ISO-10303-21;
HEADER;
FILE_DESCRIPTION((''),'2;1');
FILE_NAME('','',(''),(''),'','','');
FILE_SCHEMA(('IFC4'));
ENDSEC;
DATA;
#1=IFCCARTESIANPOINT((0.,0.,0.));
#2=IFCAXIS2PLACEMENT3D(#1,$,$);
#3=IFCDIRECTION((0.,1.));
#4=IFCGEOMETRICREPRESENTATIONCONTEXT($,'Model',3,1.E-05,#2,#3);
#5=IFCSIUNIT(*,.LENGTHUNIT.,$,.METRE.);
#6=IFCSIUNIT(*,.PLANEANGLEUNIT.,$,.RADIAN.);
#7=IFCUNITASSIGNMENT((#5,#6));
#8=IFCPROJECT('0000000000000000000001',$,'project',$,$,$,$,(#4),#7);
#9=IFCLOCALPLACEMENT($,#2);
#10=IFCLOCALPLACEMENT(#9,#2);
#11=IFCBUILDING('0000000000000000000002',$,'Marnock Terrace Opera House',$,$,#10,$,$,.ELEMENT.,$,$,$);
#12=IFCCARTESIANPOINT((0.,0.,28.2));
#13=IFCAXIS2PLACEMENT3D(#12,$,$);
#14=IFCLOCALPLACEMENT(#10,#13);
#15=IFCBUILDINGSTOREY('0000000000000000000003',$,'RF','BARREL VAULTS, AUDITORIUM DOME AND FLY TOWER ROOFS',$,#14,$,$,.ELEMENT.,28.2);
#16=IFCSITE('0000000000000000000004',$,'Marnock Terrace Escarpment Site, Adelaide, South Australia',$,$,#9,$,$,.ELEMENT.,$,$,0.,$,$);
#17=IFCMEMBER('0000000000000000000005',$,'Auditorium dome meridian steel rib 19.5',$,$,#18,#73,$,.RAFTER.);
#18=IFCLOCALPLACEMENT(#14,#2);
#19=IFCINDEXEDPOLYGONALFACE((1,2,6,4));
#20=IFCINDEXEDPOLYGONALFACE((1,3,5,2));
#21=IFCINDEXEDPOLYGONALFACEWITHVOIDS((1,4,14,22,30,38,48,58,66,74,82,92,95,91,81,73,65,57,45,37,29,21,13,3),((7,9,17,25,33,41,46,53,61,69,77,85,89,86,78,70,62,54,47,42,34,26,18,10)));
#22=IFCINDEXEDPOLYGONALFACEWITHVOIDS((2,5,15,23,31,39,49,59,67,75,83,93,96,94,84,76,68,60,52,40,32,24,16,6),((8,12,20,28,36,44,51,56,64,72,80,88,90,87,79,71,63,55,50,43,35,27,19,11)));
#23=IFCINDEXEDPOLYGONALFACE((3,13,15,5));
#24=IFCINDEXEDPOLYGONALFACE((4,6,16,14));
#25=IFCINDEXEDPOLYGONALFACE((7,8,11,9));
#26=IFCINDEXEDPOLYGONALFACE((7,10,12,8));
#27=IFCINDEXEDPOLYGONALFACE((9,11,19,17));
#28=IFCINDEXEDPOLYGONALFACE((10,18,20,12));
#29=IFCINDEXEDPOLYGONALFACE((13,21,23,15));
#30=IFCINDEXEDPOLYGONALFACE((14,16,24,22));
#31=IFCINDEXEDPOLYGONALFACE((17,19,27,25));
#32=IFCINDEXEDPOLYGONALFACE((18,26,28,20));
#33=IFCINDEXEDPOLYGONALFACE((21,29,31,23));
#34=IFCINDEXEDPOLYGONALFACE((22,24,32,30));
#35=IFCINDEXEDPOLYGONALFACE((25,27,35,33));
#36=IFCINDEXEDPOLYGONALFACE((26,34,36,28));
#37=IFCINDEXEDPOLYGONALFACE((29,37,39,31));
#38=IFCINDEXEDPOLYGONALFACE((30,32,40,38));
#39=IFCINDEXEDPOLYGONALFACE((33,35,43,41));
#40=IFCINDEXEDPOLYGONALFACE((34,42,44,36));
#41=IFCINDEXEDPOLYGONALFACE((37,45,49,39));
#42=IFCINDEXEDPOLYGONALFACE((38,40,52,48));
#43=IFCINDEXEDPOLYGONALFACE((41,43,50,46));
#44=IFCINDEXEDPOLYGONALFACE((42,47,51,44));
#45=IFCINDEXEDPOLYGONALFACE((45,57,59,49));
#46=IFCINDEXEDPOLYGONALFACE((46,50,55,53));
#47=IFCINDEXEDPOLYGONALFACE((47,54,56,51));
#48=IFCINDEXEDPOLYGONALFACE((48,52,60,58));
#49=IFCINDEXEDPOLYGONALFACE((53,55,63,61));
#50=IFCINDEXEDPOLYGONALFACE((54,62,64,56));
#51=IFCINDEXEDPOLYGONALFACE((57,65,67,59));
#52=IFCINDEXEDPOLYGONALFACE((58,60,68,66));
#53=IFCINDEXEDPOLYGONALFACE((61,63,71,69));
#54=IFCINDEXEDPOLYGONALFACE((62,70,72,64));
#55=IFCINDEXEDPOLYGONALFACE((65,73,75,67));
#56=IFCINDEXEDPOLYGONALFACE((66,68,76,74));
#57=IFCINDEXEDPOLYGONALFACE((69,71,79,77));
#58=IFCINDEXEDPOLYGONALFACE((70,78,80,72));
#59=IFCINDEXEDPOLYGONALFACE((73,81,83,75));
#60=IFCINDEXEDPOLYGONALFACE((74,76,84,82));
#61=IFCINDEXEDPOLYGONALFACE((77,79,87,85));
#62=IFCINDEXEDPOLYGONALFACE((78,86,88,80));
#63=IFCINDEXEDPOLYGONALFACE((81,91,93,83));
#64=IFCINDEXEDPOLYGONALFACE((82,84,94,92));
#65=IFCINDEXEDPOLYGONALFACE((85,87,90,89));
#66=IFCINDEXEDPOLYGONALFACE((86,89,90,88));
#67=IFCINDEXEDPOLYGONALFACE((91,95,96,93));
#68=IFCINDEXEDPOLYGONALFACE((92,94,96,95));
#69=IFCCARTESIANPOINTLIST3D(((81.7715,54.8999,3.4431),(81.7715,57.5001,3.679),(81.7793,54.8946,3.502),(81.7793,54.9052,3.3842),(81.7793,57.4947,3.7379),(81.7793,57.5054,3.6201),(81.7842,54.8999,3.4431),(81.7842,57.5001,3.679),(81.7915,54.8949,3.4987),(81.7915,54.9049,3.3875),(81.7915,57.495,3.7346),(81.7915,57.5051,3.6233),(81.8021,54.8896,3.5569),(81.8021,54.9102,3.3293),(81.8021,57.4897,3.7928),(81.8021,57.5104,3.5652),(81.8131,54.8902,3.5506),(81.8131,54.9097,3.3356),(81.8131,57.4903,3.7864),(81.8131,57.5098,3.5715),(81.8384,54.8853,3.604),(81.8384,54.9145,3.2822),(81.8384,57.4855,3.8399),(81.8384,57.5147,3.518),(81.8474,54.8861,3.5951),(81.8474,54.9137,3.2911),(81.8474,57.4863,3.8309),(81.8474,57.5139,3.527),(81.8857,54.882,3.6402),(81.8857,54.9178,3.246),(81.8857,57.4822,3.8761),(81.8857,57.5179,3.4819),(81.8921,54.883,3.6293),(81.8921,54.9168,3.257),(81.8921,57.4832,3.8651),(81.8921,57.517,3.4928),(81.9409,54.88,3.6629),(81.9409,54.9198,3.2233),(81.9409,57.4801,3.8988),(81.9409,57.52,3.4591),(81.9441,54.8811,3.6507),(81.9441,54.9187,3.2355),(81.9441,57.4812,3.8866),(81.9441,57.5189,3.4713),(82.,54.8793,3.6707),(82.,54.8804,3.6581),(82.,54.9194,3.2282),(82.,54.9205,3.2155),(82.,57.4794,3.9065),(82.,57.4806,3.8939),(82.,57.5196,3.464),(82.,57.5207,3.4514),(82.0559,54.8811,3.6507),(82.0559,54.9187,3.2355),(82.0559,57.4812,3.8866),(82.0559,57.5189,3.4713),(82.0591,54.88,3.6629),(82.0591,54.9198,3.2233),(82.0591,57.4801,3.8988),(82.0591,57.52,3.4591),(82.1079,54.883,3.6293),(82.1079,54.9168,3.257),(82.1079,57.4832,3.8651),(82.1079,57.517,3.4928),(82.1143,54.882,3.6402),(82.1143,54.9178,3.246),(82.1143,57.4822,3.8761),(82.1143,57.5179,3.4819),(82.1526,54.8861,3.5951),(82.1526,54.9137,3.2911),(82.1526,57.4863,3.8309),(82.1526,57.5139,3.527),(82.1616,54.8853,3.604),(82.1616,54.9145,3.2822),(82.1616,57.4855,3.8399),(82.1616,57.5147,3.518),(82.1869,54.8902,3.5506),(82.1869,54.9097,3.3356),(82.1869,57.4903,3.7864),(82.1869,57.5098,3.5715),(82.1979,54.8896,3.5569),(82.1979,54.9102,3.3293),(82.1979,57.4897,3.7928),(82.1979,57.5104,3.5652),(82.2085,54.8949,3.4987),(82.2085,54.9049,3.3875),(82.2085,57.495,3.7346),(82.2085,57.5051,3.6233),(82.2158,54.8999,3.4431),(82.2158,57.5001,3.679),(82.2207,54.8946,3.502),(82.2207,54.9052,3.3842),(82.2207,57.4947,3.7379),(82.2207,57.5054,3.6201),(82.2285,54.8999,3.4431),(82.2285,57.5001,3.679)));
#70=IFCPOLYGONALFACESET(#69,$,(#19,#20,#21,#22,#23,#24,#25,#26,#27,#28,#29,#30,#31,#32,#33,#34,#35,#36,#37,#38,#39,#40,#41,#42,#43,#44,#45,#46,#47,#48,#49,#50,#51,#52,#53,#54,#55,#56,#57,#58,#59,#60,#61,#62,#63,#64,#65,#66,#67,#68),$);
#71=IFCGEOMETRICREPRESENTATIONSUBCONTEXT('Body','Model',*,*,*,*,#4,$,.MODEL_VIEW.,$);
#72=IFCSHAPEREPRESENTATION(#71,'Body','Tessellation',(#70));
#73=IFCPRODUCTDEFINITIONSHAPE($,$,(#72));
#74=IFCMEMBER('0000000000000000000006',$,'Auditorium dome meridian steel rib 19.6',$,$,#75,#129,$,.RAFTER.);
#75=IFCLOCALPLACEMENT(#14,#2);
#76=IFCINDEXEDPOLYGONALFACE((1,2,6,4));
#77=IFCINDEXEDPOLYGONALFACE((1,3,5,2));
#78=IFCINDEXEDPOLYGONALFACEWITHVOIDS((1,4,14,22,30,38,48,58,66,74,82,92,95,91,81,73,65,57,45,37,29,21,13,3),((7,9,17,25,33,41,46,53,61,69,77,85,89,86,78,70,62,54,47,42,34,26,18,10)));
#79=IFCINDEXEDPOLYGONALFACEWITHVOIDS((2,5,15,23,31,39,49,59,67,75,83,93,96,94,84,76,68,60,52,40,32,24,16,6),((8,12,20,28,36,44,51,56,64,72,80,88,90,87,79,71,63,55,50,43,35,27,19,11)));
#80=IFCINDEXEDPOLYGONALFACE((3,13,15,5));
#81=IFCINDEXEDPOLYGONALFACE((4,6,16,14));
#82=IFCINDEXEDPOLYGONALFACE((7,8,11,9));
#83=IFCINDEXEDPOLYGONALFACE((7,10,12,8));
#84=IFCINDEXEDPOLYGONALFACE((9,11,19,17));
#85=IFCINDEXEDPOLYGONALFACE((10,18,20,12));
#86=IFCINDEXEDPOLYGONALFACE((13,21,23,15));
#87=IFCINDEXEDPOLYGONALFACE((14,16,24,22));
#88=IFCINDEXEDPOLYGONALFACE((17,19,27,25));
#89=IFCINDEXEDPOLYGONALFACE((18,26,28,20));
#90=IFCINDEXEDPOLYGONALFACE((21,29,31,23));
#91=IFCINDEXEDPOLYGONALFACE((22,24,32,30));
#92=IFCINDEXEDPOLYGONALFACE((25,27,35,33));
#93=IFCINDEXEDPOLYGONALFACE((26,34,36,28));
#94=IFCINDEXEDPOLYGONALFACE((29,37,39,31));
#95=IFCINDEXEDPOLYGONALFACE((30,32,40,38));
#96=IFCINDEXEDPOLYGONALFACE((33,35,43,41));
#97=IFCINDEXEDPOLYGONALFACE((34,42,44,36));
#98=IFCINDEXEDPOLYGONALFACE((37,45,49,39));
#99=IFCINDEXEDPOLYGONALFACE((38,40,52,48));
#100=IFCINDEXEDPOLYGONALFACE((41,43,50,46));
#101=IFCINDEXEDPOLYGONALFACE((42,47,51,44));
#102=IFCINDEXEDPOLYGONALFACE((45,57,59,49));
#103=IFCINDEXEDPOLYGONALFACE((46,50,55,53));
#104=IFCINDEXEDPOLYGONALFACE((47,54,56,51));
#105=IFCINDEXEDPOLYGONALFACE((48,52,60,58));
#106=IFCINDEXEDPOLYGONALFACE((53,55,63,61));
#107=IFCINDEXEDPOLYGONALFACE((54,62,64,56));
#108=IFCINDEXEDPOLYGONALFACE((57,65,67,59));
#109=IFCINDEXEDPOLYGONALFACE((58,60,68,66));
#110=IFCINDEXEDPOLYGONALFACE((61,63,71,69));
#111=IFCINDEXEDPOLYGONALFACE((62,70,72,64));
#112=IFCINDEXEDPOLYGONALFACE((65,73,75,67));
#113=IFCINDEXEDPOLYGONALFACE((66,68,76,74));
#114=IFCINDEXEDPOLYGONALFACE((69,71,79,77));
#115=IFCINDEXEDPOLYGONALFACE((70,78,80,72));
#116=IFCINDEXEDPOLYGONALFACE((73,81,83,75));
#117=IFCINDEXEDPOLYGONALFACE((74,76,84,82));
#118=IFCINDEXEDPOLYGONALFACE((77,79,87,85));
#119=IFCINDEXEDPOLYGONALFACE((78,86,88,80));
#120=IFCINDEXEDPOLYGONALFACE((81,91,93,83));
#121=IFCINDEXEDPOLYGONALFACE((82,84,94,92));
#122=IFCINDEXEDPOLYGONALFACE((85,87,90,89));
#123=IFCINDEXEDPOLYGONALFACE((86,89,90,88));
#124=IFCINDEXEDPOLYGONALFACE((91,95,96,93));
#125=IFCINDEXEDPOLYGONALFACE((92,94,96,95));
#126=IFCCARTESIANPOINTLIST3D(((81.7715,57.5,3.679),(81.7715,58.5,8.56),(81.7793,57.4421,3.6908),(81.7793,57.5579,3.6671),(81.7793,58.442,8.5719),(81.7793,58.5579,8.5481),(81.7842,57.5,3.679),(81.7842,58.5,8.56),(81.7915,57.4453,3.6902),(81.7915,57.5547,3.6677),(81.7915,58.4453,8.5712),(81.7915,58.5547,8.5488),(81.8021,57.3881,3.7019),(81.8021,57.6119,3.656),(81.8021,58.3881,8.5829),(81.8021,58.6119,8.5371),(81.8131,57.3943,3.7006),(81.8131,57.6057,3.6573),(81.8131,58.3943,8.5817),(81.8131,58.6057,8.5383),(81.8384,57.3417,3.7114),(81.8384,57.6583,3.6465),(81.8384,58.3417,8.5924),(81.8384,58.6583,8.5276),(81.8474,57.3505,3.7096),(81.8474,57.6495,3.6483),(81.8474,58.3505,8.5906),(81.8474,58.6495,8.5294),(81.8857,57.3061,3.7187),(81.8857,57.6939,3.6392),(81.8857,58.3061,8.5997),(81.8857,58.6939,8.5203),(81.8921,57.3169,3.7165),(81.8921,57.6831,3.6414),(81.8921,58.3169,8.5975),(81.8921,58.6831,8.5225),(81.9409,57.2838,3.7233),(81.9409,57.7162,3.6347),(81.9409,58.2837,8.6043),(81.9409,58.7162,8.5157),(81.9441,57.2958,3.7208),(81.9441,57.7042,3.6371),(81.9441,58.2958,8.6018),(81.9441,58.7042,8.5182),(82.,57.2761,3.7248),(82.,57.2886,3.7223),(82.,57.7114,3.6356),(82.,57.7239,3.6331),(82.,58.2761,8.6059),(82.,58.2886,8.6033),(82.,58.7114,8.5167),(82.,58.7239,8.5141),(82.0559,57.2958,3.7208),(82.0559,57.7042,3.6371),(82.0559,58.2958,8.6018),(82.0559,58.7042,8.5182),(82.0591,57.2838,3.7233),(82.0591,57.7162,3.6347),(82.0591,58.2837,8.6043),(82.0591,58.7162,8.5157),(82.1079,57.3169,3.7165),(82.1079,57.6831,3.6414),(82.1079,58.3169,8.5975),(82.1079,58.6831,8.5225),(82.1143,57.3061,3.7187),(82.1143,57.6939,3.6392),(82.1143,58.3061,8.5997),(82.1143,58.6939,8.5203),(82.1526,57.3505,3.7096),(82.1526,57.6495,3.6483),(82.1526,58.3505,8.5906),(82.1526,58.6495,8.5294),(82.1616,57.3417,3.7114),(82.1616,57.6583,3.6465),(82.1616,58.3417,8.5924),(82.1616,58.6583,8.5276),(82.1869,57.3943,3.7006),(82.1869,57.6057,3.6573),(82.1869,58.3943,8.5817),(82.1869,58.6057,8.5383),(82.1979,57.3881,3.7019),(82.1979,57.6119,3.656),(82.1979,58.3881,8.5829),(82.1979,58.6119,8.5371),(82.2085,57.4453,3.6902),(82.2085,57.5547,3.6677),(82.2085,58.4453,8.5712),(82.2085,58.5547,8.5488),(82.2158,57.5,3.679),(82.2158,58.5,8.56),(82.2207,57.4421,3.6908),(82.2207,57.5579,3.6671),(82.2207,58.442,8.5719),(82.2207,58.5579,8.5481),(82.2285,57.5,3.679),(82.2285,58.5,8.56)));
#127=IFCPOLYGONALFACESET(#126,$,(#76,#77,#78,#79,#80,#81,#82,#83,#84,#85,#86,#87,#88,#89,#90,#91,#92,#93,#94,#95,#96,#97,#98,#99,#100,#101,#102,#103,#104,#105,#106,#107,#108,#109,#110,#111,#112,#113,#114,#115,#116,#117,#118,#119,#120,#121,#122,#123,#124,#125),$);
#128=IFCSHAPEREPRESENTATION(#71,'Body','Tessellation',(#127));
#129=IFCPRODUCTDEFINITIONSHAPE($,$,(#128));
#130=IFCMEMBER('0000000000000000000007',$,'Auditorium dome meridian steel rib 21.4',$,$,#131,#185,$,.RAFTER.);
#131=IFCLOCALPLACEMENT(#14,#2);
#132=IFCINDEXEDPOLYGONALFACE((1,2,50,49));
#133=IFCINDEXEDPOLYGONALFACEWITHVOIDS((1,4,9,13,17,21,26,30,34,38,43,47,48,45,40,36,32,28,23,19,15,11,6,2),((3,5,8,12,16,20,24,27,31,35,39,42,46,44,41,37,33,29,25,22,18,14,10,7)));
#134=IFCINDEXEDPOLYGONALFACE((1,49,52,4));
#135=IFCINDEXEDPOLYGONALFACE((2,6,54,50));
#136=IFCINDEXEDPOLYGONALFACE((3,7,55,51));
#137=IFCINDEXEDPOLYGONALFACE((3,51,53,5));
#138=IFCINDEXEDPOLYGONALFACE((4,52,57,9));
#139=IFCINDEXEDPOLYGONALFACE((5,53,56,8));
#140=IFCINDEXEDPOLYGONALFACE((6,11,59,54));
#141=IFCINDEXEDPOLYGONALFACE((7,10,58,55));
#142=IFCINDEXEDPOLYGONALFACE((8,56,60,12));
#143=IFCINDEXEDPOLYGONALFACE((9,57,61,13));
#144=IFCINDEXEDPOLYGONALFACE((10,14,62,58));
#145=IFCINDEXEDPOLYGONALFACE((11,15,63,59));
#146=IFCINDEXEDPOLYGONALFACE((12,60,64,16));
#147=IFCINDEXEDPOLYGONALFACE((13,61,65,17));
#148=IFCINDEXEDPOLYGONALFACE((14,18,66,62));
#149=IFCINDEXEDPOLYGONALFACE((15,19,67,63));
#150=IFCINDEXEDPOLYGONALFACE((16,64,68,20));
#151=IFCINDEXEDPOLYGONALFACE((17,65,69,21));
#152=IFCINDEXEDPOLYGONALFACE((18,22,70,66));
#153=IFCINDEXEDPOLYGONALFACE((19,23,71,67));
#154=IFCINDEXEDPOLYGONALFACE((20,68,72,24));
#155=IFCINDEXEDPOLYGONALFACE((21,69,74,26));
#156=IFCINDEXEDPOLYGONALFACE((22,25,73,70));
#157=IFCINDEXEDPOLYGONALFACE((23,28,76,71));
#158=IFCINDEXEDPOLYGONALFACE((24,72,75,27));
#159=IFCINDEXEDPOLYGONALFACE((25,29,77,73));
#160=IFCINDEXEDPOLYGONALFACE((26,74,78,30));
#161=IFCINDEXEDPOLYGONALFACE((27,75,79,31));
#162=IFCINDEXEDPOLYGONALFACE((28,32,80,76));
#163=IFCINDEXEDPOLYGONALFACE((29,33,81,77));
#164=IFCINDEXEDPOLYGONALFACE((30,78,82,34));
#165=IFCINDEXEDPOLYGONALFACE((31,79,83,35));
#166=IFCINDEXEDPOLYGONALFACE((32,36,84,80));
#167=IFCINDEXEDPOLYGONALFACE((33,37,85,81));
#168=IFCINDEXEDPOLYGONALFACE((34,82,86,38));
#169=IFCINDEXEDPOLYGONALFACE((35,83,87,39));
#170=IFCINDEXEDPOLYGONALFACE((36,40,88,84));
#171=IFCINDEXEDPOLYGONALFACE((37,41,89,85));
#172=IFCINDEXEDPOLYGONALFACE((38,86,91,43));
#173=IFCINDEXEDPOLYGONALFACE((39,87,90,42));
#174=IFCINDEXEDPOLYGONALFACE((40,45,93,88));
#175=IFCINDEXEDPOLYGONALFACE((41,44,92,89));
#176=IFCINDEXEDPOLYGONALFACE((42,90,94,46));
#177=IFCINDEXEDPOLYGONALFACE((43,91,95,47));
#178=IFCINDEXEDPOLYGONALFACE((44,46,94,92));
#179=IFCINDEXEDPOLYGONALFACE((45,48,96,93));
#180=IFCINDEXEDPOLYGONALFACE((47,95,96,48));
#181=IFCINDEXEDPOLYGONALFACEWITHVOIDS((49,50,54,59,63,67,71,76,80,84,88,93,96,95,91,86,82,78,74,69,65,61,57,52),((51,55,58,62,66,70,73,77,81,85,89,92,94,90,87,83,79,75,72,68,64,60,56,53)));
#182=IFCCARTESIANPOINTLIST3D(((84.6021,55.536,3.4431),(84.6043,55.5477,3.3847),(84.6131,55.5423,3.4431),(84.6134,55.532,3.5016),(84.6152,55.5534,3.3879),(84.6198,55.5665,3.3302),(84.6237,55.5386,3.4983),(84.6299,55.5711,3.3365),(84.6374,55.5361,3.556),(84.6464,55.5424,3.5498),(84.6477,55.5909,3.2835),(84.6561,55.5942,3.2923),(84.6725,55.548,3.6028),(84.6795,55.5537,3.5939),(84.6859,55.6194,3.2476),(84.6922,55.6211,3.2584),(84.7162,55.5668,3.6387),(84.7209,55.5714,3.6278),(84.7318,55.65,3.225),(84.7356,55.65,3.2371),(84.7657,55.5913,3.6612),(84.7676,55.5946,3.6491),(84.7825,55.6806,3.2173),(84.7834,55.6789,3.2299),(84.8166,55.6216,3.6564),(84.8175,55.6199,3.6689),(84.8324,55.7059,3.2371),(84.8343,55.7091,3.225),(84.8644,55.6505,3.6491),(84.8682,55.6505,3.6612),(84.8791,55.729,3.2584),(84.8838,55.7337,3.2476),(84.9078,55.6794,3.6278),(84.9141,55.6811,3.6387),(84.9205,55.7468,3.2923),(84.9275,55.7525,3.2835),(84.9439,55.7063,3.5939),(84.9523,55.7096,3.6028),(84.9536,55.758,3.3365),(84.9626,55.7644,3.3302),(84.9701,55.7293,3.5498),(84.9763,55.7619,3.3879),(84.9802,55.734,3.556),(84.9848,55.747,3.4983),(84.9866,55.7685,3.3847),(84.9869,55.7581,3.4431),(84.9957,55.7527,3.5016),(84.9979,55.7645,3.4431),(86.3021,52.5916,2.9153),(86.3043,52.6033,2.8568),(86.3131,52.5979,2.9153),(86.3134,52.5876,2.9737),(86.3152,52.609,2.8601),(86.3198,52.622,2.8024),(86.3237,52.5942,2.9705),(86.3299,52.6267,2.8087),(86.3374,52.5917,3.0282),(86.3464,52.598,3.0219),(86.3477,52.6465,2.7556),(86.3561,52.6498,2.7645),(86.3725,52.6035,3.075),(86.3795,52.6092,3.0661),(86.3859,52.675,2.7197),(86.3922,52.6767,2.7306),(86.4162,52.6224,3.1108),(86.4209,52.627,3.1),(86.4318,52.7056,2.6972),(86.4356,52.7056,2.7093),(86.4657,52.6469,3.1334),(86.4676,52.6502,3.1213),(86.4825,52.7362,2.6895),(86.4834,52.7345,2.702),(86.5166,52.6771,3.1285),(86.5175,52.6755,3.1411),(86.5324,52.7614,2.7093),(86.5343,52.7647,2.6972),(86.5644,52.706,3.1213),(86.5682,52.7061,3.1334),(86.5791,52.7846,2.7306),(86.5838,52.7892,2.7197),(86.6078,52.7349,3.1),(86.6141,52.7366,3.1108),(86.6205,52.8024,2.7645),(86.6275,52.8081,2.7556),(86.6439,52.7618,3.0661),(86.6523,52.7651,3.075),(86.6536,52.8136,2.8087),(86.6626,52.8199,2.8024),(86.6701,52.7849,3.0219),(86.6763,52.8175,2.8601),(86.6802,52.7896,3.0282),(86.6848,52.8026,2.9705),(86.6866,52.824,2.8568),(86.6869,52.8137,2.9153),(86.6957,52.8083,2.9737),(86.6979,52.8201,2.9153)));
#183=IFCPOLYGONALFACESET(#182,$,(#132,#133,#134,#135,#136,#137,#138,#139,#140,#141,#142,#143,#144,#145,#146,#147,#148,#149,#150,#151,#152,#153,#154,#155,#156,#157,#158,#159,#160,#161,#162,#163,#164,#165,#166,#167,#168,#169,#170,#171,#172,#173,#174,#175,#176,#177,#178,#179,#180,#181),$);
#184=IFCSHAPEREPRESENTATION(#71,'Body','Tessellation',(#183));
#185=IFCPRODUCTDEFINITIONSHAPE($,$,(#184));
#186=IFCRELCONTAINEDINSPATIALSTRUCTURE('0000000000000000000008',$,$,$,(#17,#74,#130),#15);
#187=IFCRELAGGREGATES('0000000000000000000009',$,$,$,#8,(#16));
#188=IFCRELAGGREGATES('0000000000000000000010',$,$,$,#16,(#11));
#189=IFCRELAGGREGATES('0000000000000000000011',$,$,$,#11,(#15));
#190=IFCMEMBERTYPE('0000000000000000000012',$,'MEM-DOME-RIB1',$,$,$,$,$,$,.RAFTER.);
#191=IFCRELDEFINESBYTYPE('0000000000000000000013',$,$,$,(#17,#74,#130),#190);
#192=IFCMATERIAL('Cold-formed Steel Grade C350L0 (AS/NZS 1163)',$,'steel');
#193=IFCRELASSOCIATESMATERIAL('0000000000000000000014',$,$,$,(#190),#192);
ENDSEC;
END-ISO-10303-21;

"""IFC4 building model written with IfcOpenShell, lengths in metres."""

from ifc_helpers import new_model, si_unit, direction, frame, origin, origin_2d, place, context, subcontext, project, spatial, hollow_circle, extrude, material, material_profile, profile_set, type_object, element, save


model = new_model("IFC4")

# Units and contexts
model_context = context("Model", 3, precision=1e-05, world=origin(), true_north=direction((0.0, 1.0)))
body_context = subcontext(model_context, "Body", "Model", "MODEL_VIEW")
ifc_project = project(units=[si_unit("LENGTHUNIT", "METRE"), si_unit("PLANEANGLEUNIT", "RADIAN")], contexts=[model_context])

# Site, building, storey
site_placement = place(None, origin())
site = spatial("IfcSite", under=ifc_project, at=site_placement, Name="Marnock Terrace Escarpment Site, Adelaide, South Australia", CompositionType="ELEMENT", RefElevation=0.0)
building_placement = place(site_placement, origin())
building = spatial("IfcBuilding", under=site, at=building_placement, Name="Marnock Terrace Opera House", CompositionType="ELEMENT")
storey_placement = place(building_placement, frame((0.0, 0.0, 28.2)))
storey = spatial("IfcBuildingStorey", under=building, at=storey_placement, Name="RF", Description="BARREL VAULTS, AUDITORIUM DOME AND FLY TOWER ROOFS", CompositionType="ELEMENT", Elevation=28.2)

# Members
ifc_material_1 = material(Name="Cold-formed Steel Grade C350L0 (AS/NZS 1163)", Category="steel")
ifc_material_profile_1 = material_profile(ifc_material_1, hollow_circle(Radius=0.2285, WallThickness=0.0127, at=origin_2d()))
ifc_profile_set_1 = profile_set([ifc_material_profile_1], Name="Cold-formed Steel Grade C350L0 (AS/NZS 1163)")
member_type_1 = type_object("IfcMemberType", Name="MEM-DOME-RIB1", PredefinedType="RAFTER", material=ifc_profile_set_1)
member_1_placement = place(storey_placement, frame((82.0, 54.8999, 3.4431), z_axis=(0.0, 0.995912, 0.090333), x_axis=(-1.0, 0.0, 0.0)))
element("IfcMember", 1, at=member_1_placement, inside=storey, type_object=member_type_1, Name="Auditorium dome meridian steel rib 19.5", PredefinedType="RAFTER", context=body_context, shape_type="SweptSolid", body=[
    extrude(hollow_circle(Radius=0.2285, WallThickness=0.0127, at=origin_2d()), origin(), (0.0, 0.0, 1.0), 2.6108),
])
member_2_placement = place(storey_placement, frame((82.0, 57.5, 3.679), z_axis=(0.0, 0.200703, 0.979652), x_axis=(-1.0, 0.0, 0.0)))
element("IfcMember", 2, at=member_2_placement, inside=storey, type_object=member_type_1, Name="Auditorium dome meridian steel rib 19.6", PredefinedType="RAFTER", context=body_context, shape_type="SweptSolid", body=[
    extrude(hollow_circle(Radius=0.2285, WallThickness=0.0127, at=origin_2d()), origin(), (0.0, 0.0, 1.0), 4.9824),
])
member_3_placement = place(storey_placement, frame((86.5, 52.7058, 2.9153), z_axis=(-0.494089, 0.855769, 0.153414), x_axis=(-0.866021, -0.500008, 0.0)))
element("IfcMember", 3, at=member_3_placement, inside=storey, type_object=member_type_1, Name="Auditorium dome meridian steel rib 21.4", PredefinedType="RAFTER", context=body_context, shape_type="SweptSolid", body=[
    extrude(hollow_circle(Radius=0.2285, WallThickness=0.0127, at=origin_2d()), origin(), (0.0, 0.0, 1.0), 3.4407),
])

save(model, "model.ifc")
